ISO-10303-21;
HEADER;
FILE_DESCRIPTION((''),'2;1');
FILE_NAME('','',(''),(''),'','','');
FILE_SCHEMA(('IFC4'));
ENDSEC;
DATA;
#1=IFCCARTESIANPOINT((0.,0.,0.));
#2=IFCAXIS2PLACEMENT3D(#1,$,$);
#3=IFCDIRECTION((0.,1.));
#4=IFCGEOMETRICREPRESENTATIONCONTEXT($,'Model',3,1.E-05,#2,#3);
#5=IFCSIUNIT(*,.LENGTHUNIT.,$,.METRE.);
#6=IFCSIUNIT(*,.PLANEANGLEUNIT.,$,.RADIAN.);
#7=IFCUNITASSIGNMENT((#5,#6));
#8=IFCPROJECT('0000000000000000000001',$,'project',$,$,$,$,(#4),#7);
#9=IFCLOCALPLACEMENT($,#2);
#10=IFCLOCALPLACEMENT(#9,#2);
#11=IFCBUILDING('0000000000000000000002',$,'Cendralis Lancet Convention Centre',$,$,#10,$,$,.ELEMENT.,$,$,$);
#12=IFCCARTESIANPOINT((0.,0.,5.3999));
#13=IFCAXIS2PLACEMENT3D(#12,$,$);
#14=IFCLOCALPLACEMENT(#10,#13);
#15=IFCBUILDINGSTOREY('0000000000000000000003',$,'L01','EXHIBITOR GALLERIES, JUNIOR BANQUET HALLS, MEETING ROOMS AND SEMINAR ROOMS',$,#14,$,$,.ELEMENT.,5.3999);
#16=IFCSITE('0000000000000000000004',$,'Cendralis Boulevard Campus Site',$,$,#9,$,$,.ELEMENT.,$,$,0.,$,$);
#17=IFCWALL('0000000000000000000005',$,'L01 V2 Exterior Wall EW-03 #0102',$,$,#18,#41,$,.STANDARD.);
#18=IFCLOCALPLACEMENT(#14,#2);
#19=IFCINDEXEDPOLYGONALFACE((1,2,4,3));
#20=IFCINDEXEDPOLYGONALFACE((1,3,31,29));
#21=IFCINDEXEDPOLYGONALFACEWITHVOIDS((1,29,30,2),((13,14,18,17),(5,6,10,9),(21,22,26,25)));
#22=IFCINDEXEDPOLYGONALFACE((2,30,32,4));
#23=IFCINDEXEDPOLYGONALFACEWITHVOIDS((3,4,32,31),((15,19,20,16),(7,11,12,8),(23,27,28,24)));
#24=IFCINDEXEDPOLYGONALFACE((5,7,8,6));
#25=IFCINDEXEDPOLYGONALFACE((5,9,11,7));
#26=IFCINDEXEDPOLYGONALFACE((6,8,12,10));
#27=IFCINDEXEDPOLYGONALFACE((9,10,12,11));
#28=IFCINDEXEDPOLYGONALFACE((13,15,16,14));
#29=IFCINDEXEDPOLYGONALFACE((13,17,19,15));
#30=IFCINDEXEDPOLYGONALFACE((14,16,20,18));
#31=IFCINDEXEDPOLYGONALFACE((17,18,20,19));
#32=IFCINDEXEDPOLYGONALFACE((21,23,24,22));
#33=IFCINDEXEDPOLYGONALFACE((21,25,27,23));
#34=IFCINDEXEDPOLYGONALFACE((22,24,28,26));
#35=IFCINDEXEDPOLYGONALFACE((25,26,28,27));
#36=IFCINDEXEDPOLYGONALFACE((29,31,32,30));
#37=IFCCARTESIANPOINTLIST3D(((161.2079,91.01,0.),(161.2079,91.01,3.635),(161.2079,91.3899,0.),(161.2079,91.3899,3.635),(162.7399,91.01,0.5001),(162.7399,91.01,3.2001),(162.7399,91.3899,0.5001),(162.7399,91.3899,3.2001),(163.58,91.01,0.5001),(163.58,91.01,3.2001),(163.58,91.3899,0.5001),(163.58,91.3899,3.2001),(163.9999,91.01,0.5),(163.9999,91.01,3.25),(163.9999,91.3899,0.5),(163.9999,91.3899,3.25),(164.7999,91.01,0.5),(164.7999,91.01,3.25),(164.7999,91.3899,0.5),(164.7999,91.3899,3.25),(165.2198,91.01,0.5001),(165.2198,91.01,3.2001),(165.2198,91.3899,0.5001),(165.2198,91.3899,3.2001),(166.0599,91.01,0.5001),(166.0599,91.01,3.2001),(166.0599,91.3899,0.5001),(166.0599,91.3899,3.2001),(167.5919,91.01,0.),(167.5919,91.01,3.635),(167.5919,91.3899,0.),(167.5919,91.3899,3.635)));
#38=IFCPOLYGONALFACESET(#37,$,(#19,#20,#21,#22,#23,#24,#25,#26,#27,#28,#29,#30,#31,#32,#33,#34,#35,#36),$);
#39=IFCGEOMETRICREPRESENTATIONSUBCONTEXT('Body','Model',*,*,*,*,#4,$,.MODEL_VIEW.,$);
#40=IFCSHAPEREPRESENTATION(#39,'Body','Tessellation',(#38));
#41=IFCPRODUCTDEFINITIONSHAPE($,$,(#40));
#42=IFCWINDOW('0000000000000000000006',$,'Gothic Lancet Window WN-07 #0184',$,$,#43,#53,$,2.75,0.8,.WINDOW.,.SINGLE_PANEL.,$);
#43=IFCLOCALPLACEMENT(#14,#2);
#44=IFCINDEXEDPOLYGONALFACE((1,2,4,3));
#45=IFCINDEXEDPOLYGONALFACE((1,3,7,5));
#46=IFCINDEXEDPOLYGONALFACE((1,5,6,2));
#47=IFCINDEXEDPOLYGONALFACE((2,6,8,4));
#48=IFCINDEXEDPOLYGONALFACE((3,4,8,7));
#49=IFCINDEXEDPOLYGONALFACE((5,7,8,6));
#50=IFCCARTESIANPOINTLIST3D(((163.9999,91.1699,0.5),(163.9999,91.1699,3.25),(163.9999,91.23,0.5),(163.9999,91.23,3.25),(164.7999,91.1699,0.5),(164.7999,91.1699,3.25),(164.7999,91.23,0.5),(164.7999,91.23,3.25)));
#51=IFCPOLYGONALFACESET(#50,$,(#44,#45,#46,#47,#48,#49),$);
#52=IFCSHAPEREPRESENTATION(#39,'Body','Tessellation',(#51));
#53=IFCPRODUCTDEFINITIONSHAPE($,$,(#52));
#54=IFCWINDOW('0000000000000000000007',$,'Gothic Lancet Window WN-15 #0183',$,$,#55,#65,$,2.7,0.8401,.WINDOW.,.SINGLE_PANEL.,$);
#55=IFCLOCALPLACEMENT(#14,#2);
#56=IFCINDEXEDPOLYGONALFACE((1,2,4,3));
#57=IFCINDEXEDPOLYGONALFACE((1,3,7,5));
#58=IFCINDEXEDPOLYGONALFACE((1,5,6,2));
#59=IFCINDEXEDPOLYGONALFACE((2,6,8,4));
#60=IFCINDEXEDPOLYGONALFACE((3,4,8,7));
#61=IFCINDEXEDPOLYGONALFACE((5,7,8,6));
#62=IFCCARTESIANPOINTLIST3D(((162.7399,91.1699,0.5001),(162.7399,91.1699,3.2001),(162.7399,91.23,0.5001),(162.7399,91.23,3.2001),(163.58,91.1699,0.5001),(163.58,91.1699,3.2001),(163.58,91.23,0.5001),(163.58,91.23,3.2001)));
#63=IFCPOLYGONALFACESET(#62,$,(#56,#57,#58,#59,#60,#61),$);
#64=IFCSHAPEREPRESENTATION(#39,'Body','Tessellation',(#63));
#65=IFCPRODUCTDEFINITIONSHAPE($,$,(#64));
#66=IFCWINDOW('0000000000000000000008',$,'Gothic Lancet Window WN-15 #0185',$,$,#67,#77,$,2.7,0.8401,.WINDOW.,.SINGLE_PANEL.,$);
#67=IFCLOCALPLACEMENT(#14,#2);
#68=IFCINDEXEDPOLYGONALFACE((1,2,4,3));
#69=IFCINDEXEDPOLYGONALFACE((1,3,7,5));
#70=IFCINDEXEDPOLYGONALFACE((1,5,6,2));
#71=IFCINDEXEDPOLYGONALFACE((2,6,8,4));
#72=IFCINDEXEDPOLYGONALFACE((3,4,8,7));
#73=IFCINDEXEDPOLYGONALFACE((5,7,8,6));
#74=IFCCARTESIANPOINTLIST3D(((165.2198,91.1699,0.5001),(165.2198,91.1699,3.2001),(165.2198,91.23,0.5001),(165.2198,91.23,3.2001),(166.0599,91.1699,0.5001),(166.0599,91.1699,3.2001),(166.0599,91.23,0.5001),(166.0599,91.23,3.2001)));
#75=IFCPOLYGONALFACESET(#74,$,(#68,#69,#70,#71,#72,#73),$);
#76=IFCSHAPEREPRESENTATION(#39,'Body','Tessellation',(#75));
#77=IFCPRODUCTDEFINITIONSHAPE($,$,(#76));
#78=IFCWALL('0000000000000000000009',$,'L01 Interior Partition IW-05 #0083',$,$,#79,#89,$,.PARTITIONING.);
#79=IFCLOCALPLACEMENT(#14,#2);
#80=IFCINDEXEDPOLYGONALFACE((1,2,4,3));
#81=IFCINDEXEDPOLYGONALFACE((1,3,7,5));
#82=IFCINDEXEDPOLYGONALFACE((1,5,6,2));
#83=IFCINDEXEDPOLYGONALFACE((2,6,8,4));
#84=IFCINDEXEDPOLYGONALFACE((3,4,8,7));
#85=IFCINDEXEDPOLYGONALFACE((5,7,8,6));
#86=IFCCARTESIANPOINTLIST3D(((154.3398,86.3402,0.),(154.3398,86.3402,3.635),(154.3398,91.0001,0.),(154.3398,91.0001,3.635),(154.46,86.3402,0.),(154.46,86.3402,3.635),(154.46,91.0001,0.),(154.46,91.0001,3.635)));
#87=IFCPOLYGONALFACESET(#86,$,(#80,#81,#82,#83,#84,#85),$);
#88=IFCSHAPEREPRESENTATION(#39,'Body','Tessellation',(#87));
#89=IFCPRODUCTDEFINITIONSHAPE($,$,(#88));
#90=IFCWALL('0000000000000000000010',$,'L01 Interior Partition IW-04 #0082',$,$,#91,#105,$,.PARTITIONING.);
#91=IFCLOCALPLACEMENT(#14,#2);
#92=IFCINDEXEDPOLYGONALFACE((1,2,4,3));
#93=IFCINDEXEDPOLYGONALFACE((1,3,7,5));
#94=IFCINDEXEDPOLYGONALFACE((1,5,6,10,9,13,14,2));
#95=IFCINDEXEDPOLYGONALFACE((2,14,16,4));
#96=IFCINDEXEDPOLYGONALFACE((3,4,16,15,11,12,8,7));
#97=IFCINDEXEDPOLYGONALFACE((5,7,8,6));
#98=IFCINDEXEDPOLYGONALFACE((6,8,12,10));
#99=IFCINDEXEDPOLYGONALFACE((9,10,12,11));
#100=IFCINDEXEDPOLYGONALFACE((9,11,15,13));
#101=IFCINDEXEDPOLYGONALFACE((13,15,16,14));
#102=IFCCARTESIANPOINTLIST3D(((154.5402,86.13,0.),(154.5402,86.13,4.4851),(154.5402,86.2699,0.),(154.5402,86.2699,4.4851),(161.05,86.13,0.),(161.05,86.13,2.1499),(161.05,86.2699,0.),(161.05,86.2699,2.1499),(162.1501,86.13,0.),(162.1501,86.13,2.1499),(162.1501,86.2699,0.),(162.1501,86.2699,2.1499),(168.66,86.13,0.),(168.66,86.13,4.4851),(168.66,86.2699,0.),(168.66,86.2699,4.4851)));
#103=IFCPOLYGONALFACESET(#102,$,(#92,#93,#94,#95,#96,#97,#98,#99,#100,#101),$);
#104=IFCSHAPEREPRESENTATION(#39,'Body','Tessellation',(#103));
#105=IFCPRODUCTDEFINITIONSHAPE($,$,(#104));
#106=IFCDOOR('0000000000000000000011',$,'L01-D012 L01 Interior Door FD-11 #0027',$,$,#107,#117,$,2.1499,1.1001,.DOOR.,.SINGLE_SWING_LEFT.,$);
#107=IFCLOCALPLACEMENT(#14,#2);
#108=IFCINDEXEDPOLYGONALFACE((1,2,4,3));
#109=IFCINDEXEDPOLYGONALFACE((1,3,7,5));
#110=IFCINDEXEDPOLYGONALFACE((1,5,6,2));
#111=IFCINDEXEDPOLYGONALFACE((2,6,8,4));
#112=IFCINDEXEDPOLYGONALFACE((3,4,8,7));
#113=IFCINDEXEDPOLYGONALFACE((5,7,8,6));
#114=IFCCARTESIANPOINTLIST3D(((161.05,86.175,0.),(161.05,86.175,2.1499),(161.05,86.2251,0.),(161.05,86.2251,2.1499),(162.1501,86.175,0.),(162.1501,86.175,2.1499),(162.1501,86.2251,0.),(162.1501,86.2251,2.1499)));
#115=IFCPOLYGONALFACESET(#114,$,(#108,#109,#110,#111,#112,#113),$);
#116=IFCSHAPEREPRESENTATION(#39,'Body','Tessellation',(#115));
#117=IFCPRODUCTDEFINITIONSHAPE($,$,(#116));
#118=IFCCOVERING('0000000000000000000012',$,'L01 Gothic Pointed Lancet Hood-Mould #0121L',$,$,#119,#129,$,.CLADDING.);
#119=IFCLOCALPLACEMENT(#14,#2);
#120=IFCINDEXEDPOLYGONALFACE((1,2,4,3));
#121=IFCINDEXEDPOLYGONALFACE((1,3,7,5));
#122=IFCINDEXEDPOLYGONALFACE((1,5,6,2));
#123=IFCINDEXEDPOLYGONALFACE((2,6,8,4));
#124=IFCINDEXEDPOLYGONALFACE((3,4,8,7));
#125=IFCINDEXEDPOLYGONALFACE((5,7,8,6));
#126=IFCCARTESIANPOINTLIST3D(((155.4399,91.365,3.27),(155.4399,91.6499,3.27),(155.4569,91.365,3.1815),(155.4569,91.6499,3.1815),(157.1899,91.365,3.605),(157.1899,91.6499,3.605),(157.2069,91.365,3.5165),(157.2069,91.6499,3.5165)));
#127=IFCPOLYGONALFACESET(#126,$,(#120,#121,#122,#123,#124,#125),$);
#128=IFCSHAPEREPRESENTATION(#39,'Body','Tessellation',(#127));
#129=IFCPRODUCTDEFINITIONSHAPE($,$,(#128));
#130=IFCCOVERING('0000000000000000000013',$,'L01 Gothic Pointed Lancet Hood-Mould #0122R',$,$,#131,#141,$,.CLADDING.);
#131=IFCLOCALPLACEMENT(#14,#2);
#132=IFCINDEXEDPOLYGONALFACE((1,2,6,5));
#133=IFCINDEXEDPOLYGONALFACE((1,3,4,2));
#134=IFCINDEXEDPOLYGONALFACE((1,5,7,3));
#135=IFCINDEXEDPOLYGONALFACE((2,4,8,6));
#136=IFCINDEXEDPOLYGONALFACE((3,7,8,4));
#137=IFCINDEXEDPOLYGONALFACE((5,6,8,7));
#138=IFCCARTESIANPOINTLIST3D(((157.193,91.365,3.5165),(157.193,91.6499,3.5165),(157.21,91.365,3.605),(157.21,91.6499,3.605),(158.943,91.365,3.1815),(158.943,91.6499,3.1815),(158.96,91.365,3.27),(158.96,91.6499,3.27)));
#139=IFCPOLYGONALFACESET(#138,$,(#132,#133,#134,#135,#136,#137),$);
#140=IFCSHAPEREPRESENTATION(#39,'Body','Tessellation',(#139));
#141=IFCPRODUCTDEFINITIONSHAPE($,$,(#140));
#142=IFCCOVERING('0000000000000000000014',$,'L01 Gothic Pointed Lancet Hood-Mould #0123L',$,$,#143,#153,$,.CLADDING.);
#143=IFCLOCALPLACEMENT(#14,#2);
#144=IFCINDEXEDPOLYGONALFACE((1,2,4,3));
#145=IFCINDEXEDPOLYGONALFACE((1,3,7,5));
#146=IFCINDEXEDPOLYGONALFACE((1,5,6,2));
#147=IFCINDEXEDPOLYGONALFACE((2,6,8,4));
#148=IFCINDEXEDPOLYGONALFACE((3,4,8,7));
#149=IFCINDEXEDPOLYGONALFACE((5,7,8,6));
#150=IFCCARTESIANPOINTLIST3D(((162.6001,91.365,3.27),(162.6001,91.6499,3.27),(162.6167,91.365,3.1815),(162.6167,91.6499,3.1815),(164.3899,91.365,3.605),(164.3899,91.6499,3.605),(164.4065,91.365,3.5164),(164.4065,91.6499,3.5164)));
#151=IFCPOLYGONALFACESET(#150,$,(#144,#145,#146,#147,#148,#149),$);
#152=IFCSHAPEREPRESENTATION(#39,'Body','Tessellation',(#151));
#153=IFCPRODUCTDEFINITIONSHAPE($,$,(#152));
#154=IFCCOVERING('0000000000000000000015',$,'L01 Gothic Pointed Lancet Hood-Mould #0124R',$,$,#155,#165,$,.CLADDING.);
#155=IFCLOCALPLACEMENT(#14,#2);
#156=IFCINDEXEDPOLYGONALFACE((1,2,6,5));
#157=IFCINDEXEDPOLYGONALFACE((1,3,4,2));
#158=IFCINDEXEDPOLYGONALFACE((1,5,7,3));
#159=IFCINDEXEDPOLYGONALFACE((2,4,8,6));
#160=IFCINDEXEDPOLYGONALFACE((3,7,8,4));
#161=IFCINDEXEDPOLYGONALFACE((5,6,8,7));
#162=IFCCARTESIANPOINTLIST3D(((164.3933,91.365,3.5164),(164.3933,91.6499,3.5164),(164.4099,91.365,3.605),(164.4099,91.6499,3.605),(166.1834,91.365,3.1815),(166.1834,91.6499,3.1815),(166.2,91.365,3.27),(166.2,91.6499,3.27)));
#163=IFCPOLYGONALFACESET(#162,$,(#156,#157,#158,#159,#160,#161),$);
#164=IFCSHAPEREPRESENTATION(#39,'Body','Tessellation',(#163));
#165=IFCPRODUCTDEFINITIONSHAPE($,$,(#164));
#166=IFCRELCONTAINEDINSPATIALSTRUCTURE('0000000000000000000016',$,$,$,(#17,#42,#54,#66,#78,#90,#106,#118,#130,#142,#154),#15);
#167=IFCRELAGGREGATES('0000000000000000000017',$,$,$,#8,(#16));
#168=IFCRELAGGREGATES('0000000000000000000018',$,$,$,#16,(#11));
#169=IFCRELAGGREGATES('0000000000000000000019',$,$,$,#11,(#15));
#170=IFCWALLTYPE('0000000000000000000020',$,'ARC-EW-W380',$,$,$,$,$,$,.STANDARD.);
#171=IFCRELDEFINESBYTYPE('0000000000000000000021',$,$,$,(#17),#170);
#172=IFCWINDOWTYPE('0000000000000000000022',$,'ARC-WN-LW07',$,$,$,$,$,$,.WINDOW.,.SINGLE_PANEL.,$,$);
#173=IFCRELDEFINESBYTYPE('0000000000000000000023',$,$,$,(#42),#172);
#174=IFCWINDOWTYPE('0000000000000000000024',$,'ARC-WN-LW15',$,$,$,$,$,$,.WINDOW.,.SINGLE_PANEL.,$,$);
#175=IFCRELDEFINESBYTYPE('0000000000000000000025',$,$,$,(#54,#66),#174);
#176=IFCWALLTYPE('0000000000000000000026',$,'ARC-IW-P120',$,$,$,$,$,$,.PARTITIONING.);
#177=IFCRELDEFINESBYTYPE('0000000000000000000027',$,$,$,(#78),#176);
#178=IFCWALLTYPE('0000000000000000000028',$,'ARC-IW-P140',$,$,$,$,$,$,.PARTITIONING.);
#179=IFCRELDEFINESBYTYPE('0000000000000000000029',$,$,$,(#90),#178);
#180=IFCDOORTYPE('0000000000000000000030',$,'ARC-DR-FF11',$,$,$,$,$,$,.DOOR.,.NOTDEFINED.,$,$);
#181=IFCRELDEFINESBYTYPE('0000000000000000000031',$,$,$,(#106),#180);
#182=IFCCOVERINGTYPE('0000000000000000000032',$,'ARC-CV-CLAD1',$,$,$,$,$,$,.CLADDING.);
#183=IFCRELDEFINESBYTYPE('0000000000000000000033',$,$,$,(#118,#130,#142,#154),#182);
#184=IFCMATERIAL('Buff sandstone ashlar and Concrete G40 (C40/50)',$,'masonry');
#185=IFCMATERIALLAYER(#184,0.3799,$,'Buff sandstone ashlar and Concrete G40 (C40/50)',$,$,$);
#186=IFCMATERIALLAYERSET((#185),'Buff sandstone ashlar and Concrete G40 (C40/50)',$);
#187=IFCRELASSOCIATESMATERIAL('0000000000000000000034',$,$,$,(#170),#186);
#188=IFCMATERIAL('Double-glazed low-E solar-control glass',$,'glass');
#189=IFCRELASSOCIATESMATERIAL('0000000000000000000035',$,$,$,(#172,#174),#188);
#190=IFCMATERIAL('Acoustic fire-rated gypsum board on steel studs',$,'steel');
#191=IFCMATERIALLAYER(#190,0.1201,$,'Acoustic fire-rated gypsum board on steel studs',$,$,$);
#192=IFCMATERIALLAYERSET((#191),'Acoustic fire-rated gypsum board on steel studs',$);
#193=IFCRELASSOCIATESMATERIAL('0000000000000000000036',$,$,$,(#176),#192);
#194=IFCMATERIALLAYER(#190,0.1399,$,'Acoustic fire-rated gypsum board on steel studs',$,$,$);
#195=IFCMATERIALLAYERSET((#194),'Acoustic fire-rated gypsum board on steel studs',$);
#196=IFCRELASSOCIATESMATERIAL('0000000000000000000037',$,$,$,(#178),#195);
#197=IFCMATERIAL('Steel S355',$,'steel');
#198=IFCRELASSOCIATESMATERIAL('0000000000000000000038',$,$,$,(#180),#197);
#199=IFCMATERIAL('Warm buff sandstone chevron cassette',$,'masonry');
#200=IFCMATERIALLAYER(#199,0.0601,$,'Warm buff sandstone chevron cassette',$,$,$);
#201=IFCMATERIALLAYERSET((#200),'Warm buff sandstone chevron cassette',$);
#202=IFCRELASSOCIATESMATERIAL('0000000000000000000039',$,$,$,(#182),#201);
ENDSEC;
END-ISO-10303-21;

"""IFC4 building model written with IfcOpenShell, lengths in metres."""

from ifc_helpers import new_model, si_unit, direction, frame, frame_2d, origin, place, context, subcontext, project, spatial, polyline, rectangle, outline, extrude, material, layer, layer_set, type_object, element, fill, save


model = new_model("IFC4")

# Units and contexts
model_context = context("Model", 3, precision=1e-05, world=origin(), true_north=direction((0.0, 1.0)))
body_context = subcontext(model_context, "Body", "Model", "MODEL_VIEW")
ifc_project = project(units=[si_unit("LENGTHUNIT", "METRE"), si_unit("PLANEANGLEUNIT", "RADIAN")], contexts=[model_context])

# Site, building, storey
site_placement = place(None, origin())
site = spatial("IfcSite", under=ifc_project, at=site_placement, Name="Cendralis Boulevard Campus Site", CompositionType="ELEMENT", RefElevation=0.0)
building_placement = place(site_placement, origin())
building = spatial("IfcBuilding", under=site, at=building_placement, Name="Cendralis Lancet Convention Centre", CompositionType="ELEMENT")
storey_placement = place(building_placement, frame((0.0, 0.0, 5.3999)))
storey = spatial("IfcBuildingStorey", under=building, at=storey_placement, Name="L01", Description="EXHIBITOR GALLERIES, JUNIOR BANQUET HALLS, MEETING ROOMS AND SEMINAR ROOMS", CompositionType="ELEMENT", Elevation=5.3999)

# Shared definitions
ifc_material_1 = material(Name="Steel S355", Category="steel")

# Wall, openings, windows
ifc_material_2 = material(Name="Buff sandstone ashlar and Concrete G40 (C40/50)", Category="masonry")
ifc_layer_1 = layer(ifc_material_2, 0.3799, Name="Buff sandstone ashlar and Concrete G40 (C40/50)")
ifc_layer_set_1 = layer_set([ifc_layer_1], Name="Buff sandstone ashlar and Concrete G40 (C40/50)")
wall_type_1 = type_object("IfcWallType", Name="ARC-EW-W380", PredefinedType="STANDARD", material=ifc_layer_set_1)
ifc_material_3 = material(Name="Double-glazed low-E solar-control glass", Category="glass")
window_type_1 = type_object("IfcWindowType", Name="ARC-WN-LW07", PartitioningType="SINGLE_PANEL", PredefinedType="WINDOW", material=ifc_material_3)
wall_1_placement = place(storey_placement, frame((161.208, 91.2, 0.0), z_axis=(0.0, 0.0, 1.0), x_axis=(1.0, 0.0, 0.0)))
wall_1 = element("IfcWall", 1, at=wall_1_placement, inside=storey, type_object=wall_type_1, Name="L01 V2 Exterior Wall EW-03 #0102", PredefinedType="STANDARD", context=body_context, shape_type="SweptSolid", body=[
    extrude(rectangle(XDim=6.384, YDim=0.3799, at=frame_2d((3.1919, 0.0))), origin(), (0.0, 0.0, 1.0), 3.635),
])
opening_1_placement = place(wall_1_placement, frame((1.532, 0.0, 0.5)))
opening_1 = element("IfcOpeningElement", 2, at=opening_1_placement, cuts=wall_1, PredefinedType="OPENING", context=body_context, shape_type="SweptSolid", body=[
    extrude(rectangle(XDim=0.8401, YDim=2.7, at=frame_2d((0.4199, 1.3501))), frame((0.0, 0.2, 0.0), z_axis=(0.0, -1.0, 0.0), x_axis=(1.0, 0.0, 0.0)), (0.0, 0.0, 1.0), 0.3999),
])
opening_2_placement = place(wall_1_placement, frame((2.792, 0.0, 0.5)))
opening_2 = element("IfcOpeningElement", 3, at=opening_2_placement, cuts=wall_1, PredefinedType="OPENING", context=body_context, shape_type="SweptSolid", body=[
    extrude(rectangle(XDim=0.8, YDim=2.75, at=frame_2d((0.3999, 1.375))), frame((0.0, 0.2, 0.0), z_axis=(0.0, -1.0, 0.0), x_axis=(1.0, 0.0, 0.0)), (0.0, 0.0, 1.0), 0.3999),
])
opening_3_placement = place(wall_1_placement, frame((4.012, 0.0, 0.5)))
opening_3 = element("IfcOpeningElement", 4, at=opening_3_placement, cuts=wall_1, PredefinedType="OPENING", context=body_context, shape_type="SweptSolid", body=[
    extrude(rectangle(XDim=0.8401, YDim=2.7, at=frame_2d((0.4199, 1.3501))), frame((0.0, 0.2, 0.0), z_axis=(0.0, -1.0, 0.0), x_axis=(1.0, 0.0, 0.0)), (0.0, 0.0, 1.0), 0.3999),
])
window_1_placement = place(opening_2_placement, origin())
window_1 = element("IfcWindow", 5, at=window_1_placement, inside=storey, type_object=window_type_1, Name="Gothic Lancet Window WN-07 #0184", OverallHeight=2.75, OverallWidth=0.8, PartitioningType="SINGLE_PANEL", PredefinedType="WINDOW", context=body_context, shape_type="SweptSolid", body=[
    extrude(rectangle(XDim=0.8, YDim=2.75, at=frame_2d((0.3999, 1.375))), frame((0.0, 0.03, 0.0), z_axis=(0.0, -1.0, 0.0), x_axis=(1.0, 0.0, 0.0)), (0.0, 0.0, 1.0), 0.0601),
])
fill(opening_2, window_1)
window_type_2 = type_object("IfcWindowType", Name="ARC-WN-LW15", PartitioningType="SINGLE_PANEL", PredefinedType="WINDOW", material=ifc_material_3)
window_2_placement = place(opening_1_placement, origin())
window_2 = element("IfcWindow", 6, at=window_2_placement, inside=storey, type_object=window_type_2, Name="Gothic Lancet Window WN-15 #0183", OverallHeight=2.7, OverallWidth=0.8401, PartitioningType="SINGLE_PANEL", PredefinedType="WINDOW", context=body_context, shape_type="SweptSolid", body=[
    extrude(rectangle(XDim=0.8401, YDim=2.7, at=frame_2d((0.4199, 1.3501))), frame((0.0, 0.03, 0.0), z_axis=(0.0, -1.0, 0.0), x_axis=(1.0, 0.0, 0.0)), (0.0, 0.0, 1.0), 0.0601),
])
fill(opening_1, window_2)
window_3_placement = place(opening_3_placement, origin())
window_3 = element("IfcWindow", 7, at=window_3_placement, inside=storey, type_object=window_type_2, Name="Gothic Lancet Window WN-15 #0185", OverallHeight=2.7, OverallWidth=0.8401, PartitioningType="SINGLE_PANEL", PredefinedType="WINDOW", context=body_context, shape_type="SweptSolid", body=[
    extrude(rectangle(XDim=0.8401, YDim=2.7, at=frame_2d((0.4199, 1.3501))), frame((0.0, 0.03, 0.0), z_axis=(0.0, -1.0, 0.0), x_axis=(1.0, 0.0, 0.0)), (0.0, 0.0, 1.0), 0.0601),
])
fill(opening_3, window_3)

# Wall
ifc_material_4 = material(Name="Acoustic fire-rated gypsum board on steel studs", Category="steel")
ifc_layer_2 = layer(ifc_material_4, 0.1201, Name="Acoustic fire-rated gypsum board on steel studs")
ifc_layer_set_2 = layer_set([ifc_layer_2], Name="Acoustic fire-rated gypsum board on steel studs")
wall_type_2 = type_object("IfcWallType", Name="ARC-IW-P120", PredefinedType="PARTITIONING", material=ifc_layer_set_2)
wall_2_placement = place(storey_placement, frame((154.3999, 86.3401, 0.0), z_axis=(0.0, 0.0, 1.0), x_axis=(0.0, 1.0, 0.0)))
element("IfcWall", 8, at=wall_2_placement, inside=storey, type_object=wall_type_2, Name="L01 Interior Partition IW-05 #0083", PredefinedType="PARTITIONING", context=body_context, shape_type="SweptSolid", body=[
    extrude(rectangle(XDim=4.6599, YDim=0.1201, at=frame_2d((2.3301, 0.0))), origin(), (0.0, 0.0, 1.0), 3.635),
])

# Wall, opening, door
ifc_layer_3 = layer(ifc_material_4, 0.1399, Name="Acoustic fire-rated gypsum board on steel studs")
ifc_layer_set_3 = layer_set([ifc_layer_3], Name="Acoustic fire-rated gypsum board on steel studs")
wall_type_3 = type_object("IfcWallType", Name="ARC-IW-P140", PredefinedType="PARTITIONING", material=ifc_layer_set_3)
wall_3_placement = place(storey_placement, frame((154.54, 86.2, 0.0), z_axis=(0.0, 0.0, 1.0), x_axis=(1.0, 0.0, 0.0)))
wall_3 = element("IfcWall", 9, at=wall_3_placement, inside=storey, type_object=wall_type_3, Name="L01 Interior Partition IW-04 #0082", PredefinedType="PARTITIONING", context=body_context, shape_type="SweptSolid", body=[
    extrude(rectangle(XDim=14.1199, YDim=0.1399, at=frame_2d((7.0601, 0.0))), origin(), (0.0, 0.0, 1.0), 4.4851),
])
opening_4_placement = place(wall_3_placement, frame((6.51, 0.0, 0.0)))
opening_4 = element("IfcOpeningElement", 10, at=opening_4_placement, cuts=wall_3, PredefinedType="OPENING", context=body_context, shape_type="SweptSolid", body=[
    extrude(rectangle(XDim=1.1001, YDim=2.1499, at=frame_2d((0.55, 1.075))), frame((0.0, 0.0798, 0.0), z_axis=(0.0, -1.0, 0.0), x_axis=(1.0, 0.0, 0.0)), (0.0, 0.0, 1.0), 0.1599),
])
door_type = type_object("IfcDoorType", Name="ARC-DR-FF11", OperationType="NOTDEFINED", PredefinedType="DOOR", material=ifc_material_1)
door_placement = place(opening_4_placement, frame((1.1001, 0.0, 0.0), z_axis=(0.0, 0.0, 1.0), x_axis=(-1.0, 0.0, 0.0)))
door = element("IfcDoor", 11, at=door_placement, inside=storey, type_object=door_type, Name="L01-D012 L01 Interior Door FD-11 #0027", OperationType="SINGLE_SWING_LEFT", OverallHeight=2.1499, OverallWidth=1.1001, PredefinedType="DOOR", context=body_context, shape_type="SweptSolid", body=[
    extrude(rectangle(XDim=1.1001, YDim=2.1499, at=frame_2d((0.55, 1.075))), frame((0.0, 0.0249, 0.0), z_axis=(0.0, -1.0, 0.0), x_axis=(1.0, 0.0, 0.0)), (0.0, 0.0, 1.0), 0.05),
])
fill(opening_4, door)

# Coverings
ifc_material_5 = material(Name="Warm buff sandstone chevron cassette", Category="masonry")
ifc_layer_4 = layer(ifc_material_5, 0.0601, Name="Warm buff sandstone chevron cassette")
ifc_layer_set_4 = layer_set([ifc_layer_4], Name="Warm buff sandstone chevron cassette")
covering_type = type_object("IfcCoveringType", Name="ARC-CV-CLAD1", PredefinedType="CLADDING", material=ifc_layer_set_4)
for number, where, z_axis, x_axis, name in (
    (12, (155.4399, 91.6499, 3.27), (-0.187994, 0.0, 0.98217), (0.0, -1.0, 0.0), "L01 Gothic Pointed Lancet Hood-Mould #0121L"),
    (13, (157.21, 91.6499, 3.605), (0.187994, 0.0, 0.98217), (0.0, -1.0, 0.0), "L01 Gothic Pointed Lancet Hood-Mould #0122R"),
):
    element("IfcCovering", number, at=place(storey_placement, frame(where, z_axis=z_axis, x_axis=x_axis)), inside=storey, type_object=covering_type, Name=name, PredefinedType="CLADDING", context=body_context, shape_type="SweptSolid", body=[
        extrude(outline(polyline([(0.0, 0.0), (0.2849, 0.0), (0.2849, 1.7818), (0.0, 1.7818), (0.0, 0.0)])), origin(), (0.0, 0.0, -1.0), 0.0901),
    ])
covering_1_placement = place(storey_placement, frame((162.6001, 91.6499, 3.27), z_axis=(-0.183957, 0.0, 0.982934), x_axis=(0.0, -1.0, 0.0)))
element("IfcCovering", 14, at=covering_1_placement, inside=storey, type_object=covering_type, Name="L01 Gothic Pointed Lancet Hood-Mould #0123L", PredefinedType="CLADDING", context=body_context, shape_type="SweptSolid", body=[
    extrude(outline(polyline([(0.0, 0.0), (0.2849, 0.0), (0.2849, 1.8209), (0.0, 1.8209), (0.0, 0.0)])), origin(), (0.0, 0.0, -1.0), 0.0901),
])
covering_2_placement = place(storey_placement, frame((164.4099, 91.6499, 3.605), z_axis=(0.183932, 0.0, 0.982939), x_axis=(0.0, -1.0, 0.0)))
element("IfcCovering", 15, at=covering_2_placement, inside=storey, type_object=covering_type, Name="L01 Gothic Pointed Lancet Hood-Mould #0124R", PredefinedType="CLADDING", context=body_context, shape_type="SweptSolid", body=[
    extrude(outline(polyline([(0.0, 0.0), (0.2849, 0.0), (0.2849, 1.8211), (0.0, 1.8211), (0.0, 0.0)])), origin(), (0.0, 0.0, -1.0), 0.0901),
])

save(model, "model.ifc")
